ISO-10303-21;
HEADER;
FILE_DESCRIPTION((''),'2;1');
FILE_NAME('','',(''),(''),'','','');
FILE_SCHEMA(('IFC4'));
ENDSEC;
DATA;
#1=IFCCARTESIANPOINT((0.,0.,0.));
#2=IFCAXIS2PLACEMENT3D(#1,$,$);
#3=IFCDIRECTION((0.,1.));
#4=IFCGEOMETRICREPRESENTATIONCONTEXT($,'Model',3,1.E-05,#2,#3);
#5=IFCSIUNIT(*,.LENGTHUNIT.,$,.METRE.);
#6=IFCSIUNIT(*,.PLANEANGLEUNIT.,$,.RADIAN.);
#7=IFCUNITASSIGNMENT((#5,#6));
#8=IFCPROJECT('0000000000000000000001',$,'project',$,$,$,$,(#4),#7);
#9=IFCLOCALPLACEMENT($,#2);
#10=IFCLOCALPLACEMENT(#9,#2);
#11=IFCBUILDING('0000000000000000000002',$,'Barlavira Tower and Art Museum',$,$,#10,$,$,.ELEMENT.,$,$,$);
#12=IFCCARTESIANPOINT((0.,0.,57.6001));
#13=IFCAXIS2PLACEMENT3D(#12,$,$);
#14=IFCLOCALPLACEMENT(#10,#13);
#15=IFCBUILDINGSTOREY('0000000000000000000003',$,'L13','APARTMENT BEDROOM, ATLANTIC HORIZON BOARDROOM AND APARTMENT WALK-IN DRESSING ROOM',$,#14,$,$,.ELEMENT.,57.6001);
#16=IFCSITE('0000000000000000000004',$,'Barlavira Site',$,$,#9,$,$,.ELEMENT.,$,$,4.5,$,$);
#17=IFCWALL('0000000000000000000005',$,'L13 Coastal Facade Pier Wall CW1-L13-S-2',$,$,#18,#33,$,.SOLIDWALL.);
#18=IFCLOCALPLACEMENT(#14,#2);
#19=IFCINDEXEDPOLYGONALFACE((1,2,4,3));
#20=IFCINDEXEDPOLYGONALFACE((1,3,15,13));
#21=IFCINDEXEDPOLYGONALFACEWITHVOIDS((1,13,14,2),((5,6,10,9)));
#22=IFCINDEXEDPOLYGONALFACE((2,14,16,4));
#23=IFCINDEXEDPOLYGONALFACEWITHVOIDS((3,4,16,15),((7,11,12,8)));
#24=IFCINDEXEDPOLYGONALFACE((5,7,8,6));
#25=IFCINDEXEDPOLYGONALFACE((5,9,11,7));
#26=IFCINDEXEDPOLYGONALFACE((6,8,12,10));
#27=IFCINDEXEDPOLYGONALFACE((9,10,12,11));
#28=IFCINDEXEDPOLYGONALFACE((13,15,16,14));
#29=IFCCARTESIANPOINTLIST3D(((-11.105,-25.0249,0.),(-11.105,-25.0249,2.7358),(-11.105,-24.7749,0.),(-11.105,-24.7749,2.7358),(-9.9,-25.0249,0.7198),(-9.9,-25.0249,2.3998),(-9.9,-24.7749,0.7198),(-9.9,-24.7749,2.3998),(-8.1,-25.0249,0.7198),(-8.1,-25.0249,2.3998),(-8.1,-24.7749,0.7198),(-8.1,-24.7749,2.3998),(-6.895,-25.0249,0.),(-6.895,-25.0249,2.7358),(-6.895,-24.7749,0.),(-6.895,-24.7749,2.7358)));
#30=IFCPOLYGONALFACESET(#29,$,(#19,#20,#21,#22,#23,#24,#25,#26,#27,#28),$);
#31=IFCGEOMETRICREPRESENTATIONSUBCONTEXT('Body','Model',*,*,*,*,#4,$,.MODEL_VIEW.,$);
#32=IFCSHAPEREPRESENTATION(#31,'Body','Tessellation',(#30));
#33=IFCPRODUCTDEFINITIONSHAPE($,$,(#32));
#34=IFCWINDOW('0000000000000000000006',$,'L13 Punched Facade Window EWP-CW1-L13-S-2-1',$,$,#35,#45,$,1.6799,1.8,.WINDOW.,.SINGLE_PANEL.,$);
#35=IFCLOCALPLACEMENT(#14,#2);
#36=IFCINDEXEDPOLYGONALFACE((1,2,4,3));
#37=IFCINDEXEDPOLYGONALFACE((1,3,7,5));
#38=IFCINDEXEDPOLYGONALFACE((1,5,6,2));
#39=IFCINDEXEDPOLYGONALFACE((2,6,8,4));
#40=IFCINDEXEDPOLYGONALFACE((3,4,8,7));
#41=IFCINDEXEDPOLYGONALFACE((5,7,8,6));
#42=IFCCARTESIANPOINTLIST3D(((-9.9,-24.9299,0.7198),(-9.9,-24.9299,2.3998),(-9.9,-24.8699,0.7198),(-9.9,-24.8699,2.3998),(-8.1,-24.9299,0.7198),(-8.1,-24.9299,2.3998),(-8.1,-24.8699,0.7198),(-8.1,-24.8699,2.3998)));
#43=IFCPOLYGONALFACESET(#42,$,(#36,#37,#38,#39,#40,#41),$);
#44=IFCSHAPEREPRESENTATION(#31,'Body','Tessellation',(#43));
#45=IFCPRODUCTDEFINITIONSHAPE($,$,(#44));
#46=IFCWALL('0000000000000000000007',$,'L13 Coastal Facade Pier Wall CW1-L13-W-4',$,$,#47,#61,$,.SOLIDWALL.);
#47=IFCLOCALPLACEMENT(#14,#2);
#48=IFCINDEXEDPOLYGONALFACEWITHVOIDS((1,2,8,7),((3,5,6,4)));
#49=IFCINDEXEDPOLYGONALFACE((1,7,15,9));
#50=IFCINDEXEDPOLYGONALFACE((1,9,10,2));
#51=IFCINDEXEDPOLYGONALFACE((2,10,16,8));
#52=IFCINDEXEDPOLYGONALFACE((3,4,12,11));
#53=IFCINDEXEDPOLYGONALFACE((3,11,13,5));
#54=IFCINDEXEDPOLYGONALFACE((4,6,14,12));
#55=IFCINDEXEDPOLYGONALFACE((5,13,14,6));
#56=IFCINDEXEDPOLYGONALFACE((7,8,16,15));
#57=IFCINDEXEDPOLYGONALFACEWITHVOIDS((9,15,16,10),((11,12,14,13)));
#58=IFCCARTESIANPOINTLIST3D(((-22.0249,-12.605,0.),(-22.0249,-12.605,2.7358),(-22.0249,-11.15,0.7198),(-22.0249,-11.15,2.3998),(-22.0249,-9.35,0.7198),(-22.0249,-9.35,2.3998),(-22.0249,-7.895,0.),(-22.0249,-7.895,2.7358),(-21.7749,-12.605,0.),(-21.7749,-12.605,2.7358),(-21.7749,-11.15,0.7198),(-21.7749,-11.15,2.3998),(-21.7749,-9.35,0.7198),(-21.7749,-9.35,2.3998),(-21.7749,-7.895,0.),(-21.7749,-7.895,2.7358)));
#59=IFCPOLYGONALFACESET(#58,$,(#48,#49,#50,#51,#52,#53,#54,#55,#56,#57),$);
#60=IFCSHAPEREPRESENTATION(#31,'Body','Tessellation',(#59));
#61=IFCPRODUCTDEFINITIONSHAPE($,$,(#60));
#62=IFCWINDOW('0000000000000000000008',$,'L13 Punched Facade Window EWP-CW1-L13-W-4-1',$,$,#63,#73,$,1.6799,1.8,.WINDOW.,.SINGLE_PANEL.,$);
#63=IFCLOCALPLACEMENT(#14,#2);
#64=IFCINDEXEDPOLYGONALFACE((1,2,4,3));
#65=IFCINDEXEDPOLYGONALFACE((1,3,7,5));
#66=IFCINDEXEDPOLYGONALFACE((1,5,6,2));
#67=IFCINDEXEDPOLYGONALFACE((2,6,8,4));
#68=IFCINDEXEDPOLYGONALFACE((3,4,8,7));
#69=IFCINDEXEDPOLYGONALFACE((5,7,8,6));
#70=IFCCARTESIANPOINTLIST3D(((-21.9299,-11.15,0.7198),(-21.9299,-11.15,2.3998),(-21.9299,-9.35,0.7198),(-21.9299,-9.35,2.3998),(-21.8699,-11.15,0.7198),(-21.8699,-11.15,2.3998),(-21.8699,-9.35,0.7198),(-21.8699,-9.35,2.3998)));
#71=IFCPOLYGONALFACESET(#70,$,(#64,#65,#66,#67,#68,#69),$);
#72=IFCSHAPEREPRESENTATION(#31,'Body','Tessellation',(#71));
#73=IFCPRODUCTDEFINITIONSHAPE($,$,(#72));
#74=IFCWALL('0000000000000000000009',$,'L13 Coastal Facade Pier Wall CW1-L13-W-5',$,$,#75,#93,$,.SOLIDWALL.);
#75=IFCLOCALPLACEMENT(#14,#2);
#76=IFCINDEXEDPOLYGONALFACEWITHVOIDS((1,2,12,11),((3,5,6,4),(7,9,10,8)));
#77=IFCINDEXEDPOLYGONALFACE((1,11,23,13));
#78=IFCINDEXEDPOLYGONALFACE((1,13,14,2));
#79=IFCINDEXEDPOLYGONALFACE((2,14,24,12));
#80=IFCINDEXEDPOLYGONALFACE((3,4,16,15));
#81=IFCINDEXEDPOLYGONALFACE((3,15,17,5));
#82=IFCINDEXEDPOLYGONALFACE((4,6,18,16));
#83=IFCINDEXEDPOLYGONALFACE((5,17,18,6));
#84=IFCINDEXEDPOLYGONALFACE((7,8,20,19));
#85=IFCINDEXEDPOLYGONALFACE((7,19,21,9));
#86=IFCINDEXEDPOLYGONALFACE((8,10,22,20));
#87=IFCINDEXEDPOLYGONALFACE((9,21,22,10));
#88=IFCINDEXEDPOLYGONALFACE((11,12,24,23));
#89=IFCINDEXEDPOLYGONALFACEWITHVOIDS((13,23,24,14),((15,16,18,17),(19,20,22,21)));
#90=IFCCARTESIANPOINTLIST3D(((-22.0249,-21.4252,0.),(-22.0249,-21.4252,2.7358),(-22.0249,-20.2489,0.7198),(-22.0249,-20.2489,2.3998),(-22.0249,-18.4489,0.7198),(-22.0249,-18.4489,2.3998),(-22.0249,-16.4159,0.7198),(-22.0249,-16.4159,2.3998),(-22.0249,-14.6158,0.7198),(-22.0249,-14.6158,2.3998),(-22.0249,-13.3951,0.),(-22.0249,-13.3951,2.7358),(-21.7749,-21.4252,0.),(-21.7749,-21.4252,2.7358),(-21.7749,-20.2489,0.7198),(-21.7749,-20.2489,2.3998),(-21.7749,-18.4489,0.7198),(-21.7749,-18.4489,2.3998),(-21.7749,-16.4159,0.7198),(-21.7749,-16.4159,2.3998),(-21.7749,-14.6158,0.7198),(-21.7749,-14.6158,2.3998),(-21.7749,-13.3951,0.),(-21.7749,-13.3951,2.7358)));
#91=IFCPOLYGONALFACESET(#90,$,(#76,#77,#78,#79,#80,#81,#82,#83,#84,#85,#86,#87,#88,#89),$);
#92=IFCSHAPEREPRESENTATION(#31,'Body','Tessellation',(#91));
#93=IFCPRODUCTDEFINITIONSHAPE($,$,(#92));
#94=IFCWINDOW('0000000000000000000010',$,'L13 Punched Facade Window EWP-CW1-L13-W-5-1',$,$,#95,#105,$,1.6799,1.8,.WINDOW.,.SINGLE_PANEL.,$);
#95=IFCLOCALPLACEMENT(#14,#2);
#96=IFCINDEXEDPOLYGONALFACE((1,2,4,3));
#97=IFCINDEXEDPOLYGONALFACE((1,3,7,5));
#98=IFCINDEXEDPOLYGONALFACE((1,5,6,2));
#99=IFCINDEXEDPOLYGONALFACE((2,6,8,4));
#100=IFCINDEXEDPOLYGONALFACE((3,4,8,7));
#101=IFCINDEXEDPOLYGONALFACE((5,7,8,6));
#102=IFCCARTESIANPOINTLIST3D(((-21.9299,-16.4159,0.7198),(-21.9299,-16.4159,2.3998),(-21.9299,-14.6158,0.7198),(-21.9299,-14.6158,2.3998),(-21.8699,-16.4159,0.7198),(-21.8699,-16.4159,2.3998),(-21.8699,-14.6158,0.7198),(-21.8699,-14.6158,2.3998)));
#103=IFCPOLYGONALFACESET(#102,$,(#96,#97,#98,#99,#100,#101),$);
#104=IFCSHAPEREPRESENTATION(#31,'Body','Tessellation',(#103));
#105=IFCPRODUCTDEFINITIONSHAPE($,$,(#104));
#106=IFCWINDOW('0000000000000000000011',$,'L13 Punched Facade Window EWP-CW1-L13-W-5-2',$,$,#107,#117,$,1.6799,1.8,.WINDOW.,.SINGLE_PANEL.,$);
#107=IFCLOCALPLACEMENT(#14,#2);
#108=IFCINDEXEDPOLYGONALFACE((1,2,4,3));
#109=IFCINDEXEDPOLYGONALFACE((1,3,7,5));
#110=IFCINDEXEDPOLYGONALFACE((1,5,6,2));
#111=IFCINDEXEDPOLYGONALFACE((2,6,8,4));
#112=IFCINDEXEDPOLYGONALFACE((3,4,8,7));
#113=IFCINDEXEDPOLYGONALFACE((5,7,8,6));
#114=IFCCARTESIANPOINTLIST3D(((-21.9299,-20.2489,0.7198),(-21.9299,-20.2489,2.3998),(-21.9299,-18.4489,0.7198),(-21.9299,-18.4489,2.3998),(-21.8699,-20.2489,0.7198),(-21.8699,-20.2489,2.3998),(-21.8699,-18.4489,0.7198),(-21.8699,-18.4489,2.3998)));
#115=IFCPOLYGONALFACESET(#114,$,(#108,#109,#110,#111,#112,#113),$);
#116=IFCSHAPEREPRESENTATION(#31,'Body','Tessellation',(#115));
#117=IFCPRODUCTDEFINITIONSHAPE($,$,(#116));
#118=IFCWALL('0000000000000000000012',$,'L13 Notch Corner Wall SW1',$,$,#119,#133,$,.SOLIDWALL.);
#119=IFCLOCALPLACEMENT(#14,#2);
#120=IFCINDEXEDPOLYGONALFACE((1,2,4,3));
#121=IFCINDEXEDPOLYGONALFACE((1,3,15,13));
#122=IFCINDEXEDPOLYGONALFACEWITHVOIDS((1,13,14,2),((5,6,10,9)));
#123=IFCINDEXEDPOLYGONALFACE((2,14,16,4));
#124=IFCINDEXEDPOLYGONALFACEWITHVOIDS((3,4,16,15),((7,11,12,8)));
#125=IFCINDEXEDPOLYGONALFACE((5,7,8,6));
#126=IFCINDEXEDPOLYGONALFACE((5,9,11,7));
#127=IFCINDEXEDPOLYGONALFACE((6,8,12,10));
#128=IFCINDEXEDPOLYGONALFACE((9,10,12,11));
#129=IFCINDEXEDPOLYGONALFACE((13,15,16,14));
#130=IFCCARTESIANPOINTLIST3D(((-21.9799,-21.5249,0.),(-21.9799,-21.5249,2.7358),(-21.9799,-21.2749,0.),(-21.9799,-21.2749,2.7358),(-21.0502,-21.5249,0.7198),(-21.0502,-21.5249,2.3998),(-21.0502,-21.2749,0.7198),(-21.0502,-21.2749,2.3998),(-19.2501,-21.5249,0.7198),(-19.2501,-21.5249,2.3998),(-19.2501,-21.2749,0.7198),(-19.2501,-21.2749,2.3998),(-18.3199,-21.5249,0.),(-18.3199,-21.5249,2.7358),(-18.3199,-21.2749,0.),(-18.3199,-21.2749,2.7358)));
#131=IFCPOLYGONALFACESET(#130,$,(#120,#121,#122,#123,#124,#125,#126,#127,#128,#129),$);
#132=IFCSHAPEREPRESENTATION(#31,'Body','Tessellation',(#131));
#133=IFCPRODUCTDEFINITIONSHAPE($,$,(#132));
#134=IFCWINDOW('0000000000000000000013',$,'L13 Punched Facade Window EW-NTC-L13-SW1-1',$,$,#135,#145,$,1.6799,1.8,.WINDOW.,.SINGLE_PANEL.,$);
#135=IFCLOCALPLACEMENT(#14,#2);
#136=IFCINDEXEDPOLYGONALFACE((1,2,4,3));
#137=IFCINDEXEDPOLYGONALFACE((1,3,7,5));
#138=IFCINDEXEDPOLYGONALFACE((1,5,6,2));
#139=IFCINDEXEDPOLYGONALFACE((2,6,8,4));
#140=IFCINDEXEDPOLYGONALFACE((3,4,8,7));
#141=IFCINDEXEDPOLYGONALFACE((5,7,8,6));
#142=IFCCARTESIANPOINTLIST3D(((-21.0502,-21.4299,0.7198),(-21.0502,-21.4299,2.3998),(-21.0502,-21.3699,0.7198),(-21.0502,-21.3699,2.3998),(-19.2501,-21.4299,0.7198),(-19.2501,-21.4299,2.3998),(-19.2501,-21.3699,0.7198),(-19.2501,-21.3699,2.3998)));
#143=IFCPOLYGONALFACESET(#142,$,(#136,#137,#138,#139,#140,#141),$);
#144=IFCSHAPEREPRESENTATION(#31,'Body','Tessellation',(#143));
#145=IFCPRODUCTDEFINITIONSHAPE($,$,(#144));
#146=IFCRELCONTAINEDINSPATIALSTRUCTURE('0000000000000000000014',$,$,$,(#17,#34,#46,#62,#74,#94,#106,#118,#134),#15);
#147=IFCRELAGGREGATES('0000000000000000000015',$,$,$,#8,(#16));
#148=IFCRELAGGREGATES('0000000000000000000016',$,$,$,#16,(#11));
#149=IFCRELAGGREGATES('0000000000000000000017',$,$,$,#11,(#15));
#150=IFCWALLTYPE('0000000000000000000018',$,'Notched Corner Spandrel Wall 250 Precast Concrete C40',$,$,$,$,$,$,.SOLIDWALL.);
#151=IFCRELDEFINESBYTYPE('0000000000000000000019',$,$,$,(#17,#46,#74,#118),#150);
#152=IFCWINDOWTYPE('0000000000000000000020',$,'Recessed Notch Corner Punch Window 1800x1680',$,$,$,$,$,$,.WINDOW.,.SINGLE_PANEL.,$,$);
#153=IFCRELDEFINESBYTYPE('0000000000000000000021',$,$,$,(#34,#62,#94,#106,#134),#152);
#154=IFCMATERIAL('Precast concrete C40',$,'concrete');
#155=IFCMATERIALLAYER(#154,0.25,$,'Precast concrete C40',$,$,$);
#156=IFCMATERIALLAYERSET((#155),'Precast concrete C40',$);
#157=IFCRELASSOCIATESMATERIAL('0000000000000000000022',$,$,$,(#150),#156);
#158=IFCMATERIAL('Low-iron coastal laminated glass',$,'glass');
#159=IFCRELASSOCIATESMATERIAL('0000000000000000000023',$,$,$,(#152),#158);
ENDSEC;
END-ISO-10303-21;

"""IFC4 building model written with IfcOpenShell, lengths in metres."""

from ifc_helpers import new_model, si_unit, direction, frame, frame_2d, origin, place, context, subcontext, project, spatial, rectangle, extrude, material, layer, layer_set, type_object, element, fill, save


model = new_model("IFC4")

# Units and contexts
model_context = context("Model", 3, precision=1e-05, world=origin(), true_north=direction((0.0, 1.0)))
body_context = subcontext(model_context, "Body", "Model", "MODEL_VIEW")
ifc_project = project(units=[si_unit("LENGTHUNIT", "METRE"), si_unit("PLANEANGLEUNIT", "RADIAN")], contexts=[model_context])

# Site, building, storey
site_placement = place(None, origin())
site = spatial("IfcSite", under=ifc_project, at=site_placement, Name="Barlavira Site", CompositionType="ELEMENT", RefElevation=4.5)
building_placement = place(site_placement, origin())
building = spatial("IfcBuilding", under=site, at=building_placement, Name="Barlavira Tower and Art Museum", CompositionType="ELEMENT")
storey_placement = place(building_placement, frame((0.0, 0.0, 57.6001)))
storey = spatial("IfcBuildingStorey", under=building, at=storey_placement, Name="L13", Description="APARTMENT BEDROOM, ATLANTIC HORIZON BOARDROOM AND APARTMENT WALK-IN DRESSING ROOM", CompositionType="ELEMENT", Elevation=57.6001)

# Shared definitions
ifc_material_1 = material(Name="Precast concrete C40", Category="concrete")
ifc_layer_1 = layer(ifc_material_1, 0.25, Name="Precast concrete C40")
ifc_layer_set_1 = layer_set([ifc_layer_1], Name="Precast concrete C40")
wall_type_1 = type_object("IfcWallType", Name="Notched Corner Spandrel Wall 250 Precast Concrete C40", PredefinedType="SOLIDWALL", material=ifc_layer_set_1)
ifc_material_2 = material(Name="Low-iron coastal laminated glass", Category="glass")
window_type = type_object("IfcWindowType", Name="Recessed Notch Corner Punch Window 1800x1680", PartitioningType="SINGLE_PANEL", PredefinedType="WINDOW", material=ifc_material_2)

# Walls, openings, windows
wall_1_placement = place(storey_placement, frame((-11.105, -24.8999, 0.0), z_axis=(0.0, 0.0, 1.0), x_axis=(1.0, 0.0, 0.0)))
wall_1 = element("IfcWall", 1, at=wall_1_placement, inside=storey, type_object=wall_type_1, Name="L13 Coastal Facade Pier Wall CW1-L13-S-2", PredefinedType="SOLIDWALL", context=body_context, shape_type="SweptSolid", body=[
    extrude(rectangle(XDim=4.21, YDim=0.25, at=frame_2d((2.105, 0.0))), origin(), (0.0, 0.0, 1.0), 2.7358),
])
opening_1_placement = place(wall_1_placement, frame((1.2051, 0.0, 0.72)))
opening_1 = element("IfcOpeningElement", 2, at=opening_1_placement, cuts=wall_1, PredefinedType="OPENING", context=body_context, shape_type="SweptSolid", body=[
    extrude(rectangle(XDim=1.8, YDim=1.6799, at=frame_2d((0.8999, 0.8398))), frame((0.0, 0.135, 0.0), z_axis=(0.0, -1.0, 0.0), x_axis=(1.0, 0.0, 0.0)), (0.0, 0.0, 1.0), 0.27),
])
window_1_placement = place(opening_1_placement, origin())
window_1 = element("IfcWindow", 3, at=window_1_placement, inside=storey, type_object=window_type, Name="L13 Punched Facade Window EWP-CW1-L13-S-2-1", OverallHeight=1.6799, OverallWidth=1.8, PartitioningType="SINGLE_PANEL", PredefinedType="WINDOW", context=body_context, shape_type="SweptSolid", body=[
    extrude(rectangle(XDim=1.8, YDim=1.6799, at=frame_2d((0.8999, 0.8398))), frame((0.0, 0.03, 0.0), z_axis=(0.0, -1.0, 0.0), x_axis=(1.0, 0.0, 0.0)), (0.0, 0.0, 1.0), 0.0601),
])
fill(opening_1, window_1)
wall_2_placement = place(storey_placement, frame((-21.8999, -7.895, 0.0), z_axis=(0.0, 0.0, 1.0), x_axis=(0.0, -1.0, 0.0)))
wall_2 = element("IfcWall", 4, at=wall_2_placement, inside=storey, type_object=wall_type_1, Name="L13 Coastal Facade Pier Wall CW1-L13-W-4", PredefinedType="SOLIDWALL", context=body_context, shape_type="SweptSolid", body=[
    extrude(rectangle(XDim=4.71, YDim=0.25, at=frame_2d((2.355, 0.0))), origin(), (0.0, 0.0, 1.0), 2.7358),
])
opening_2_placement = place(wall_2_placement, frame((1.4551, 0.0, 0.72)))
opening_2 = element("IfcOpeningElement", 5, at=opening_2_placement, cuts=wall_2, PredefinedType="OPENING", context=body_context, shape_type="SweptSolid", body=[
    extrude(rectangle(XDim=1.8, YDim=1.6799, at=frame_2d((0.8999, 0.8398))), frame((0.0, 0.135, 0.0), z_axis=(0.0, -1.0, 0.0), x_axis=(1.0, 0.0, 0.0)), (0.0, 0.0, 1.0), 0.27),
])
window_2_placement = place(opening_2_placement, origin())
window_2 = element("IfcWindow", 6, at=window_2_placement, inside=storey, type_object=window_type, Name="L13 Punched Facade Window EWP-CW1-L13-W-4-1", OverallHeight=1.6799, OverallWidth=1.8, PartitioningType="SINGLE_PANEL", PredefinedType="WINDOW", context=body_context, shape_type="SweptSolid", body=[
    extrude(rectangle(XDim=1.8, YDim=1.6799, at=frame_2d((0.8999, 0.8398))), frame((0.0, 0.03, 0.0), z_axis=(0.0, -1.0, 0.0), x_axis=(1.0, 0.0, 0.0)), (0.0, 0.0, 1.0), 0.0601),
])
fill(opening_2, window_2)

# Wall, openings, windows
wall_3_placement = place(storey_placement, frame((-21.8999, -13.395, 0.0), z_axis=(0.0, 0.0, 1.0), x_axis=(0.0, -1.0, 0.0)))
wall_3 = element("IfcWall", 7, at=wall_3_placement, inside=storey, type_object=wall_type_1, Name="L13 Coastal Facade Pier Wall CW1-L13-W-5", PredefinedType="SOLIDWALL", context=body_context, shape_type="SweptSolid", body=[
    extrude(rectangle(XDim=8.03, YDim=0.25, at=frame_2d((4.0151, 0.0))), origin(), (0.0, 0.0, 1.0), 2.7358),
])
opening_3_placement = place(wall_3_placement, frame((1.2209, 0.0, 0.72)))
opening_3 = element("IfcOpeningElement", 8, at=opening_3_placement, cuts=wall_3, PredefinedType="OPENING", context=body_context, shape_type="SweptSolid", body=[
    extrude(rectangle(XDim=1.8, YDim=1.6799, at=frame_2d((0.8999, 0.8398))), frame((0.0, 0.135, 0.0), z_axis=(0.0, -1.0, 0.0), x_axis=(1.0, 0.0, 0.0)), (0.0, 0.0, 1.0), 0.27),
])
opening_4_placement = place(wall_3_placement, frame((5.054, 0.0, 0.72)))
opening_4 = element("IfcOpeningElement", 9, at=opening_4_placement, cuts=wall_3, PredefinedType="OPENING", context=body_context, shape_type="SweptSolid", body=[
    extrude(rectangle(XDim=1.8, YDim=1.6799, at=frame_2d((0.8999, 0.8398))), frame((0.0, 0.135, 0.0), z_axis=(0.0, -1.0, 0.0), x_axis=(1.0, 0.0, 0.0)), (0.0, 0.0, 1.0), 0.27),
])
window_3_placement = place(opening_3_placement, origin())
window_3 = element("IfcWindow", 10, at=window_3_placement, inside=storey, type_object=window_type, Name="L13 Punched Facade Window EWP-CW1-L13-W-5-1", OverallHeight=1.6799, OverallWidth=1.8, PartitioningType="SINGLE_PANEL", PredefinedType="WINDOW", context=body_context, shape_type="SweptSolid", body=[
    extrude(rectangle(XDim=1.8, YDim=1.6799, at=frame_2d((0.8999, 0.8398))), frame((0.0, 0.03, 0.0), z_axis=(0.0, -1.0, 0.0), x_axis=(1.0, 0.0, 0.0)), (0.0, 0.0, 1.0), 0.0601),
])
fill(opening_3, window_3)
window_4_placement = place(opening_4_placement, origin())
window_4 = element("IfcWindow", 11, at=window_4_placement, inside=storey, type_object=window_type, Name="L13 Punched Facade Window EWP-CW1-L13-W-5-2", OverallHeight=1.6799, OverallWidth=1.8, PartitioningType="SINGLE_PANEL", PredefinedType="WINDOW", context=body_context, shape_type="SweptSolid", body=[
    extrude(rectangle(XDim=1.8, YDim=1.6799, at=frame_2d((0.8999, 0.8398))), frame((0.0, 0.03, 0.0), z_axis=(0.0, -1.0, 0.0), x_axis=(1.0, 0.0, 0.0)), (0.0, 0.0, 1.0), 0.0601),
])
fill(opening_4, window_4)

# Wall, opening, window
wall_4_placement = place(storey_placement, frame((-21.98, -21.3999, 0.0), z_axis=(0.0, 0.0, 1.0), x_axis=(1.0, 0.0, 0.0)))
wall_4 = element("IfcWall", 12, at=wall_4_placement, inside=storey, type_object=wall_type_1, Name="L13 Notch Corner Wall SW1", PredefinedType="SOLIDWALL", context=body_context, shape_type="SweptSolid", body=[
    extrude(rectangle(XDim=3.6599, YDim=0.25, at=frame_2d((1.8301, 0.0))), origin(), (0.0, 0.0, 1.0), 2.7358),
])
opening_5_placement = place(wall_4_placement, frame((0.9299, 0.0, 0.72)))
opening_5 = element("IfcOpeningElement", 13, at=opening_5_placement, cuts=wall_4, PredefinedType="OPENING", context=body_context, shape_type="SweptSolid", body=[
    extrude(rectangle(XDim=1.8, YDim=1.6799, at=frame_2d((0.8999, 0.8398))), frame((0.0, 0.135, 0.0), z_axis=(0.0, -1.0, 0.0), x_axis=(1.0, 0.0, 0.0)), (0.0, 0.0, 1.0), 0.27),
])
window_5_placement = place(opening_5_placement, origin())
window_5 = element("IfcWindow", 14, at=window_5_placement, inside=storey, type_object=window_type, Name="L13 Punched Facade Window EW-NTC-L13-SW1-1", OverallHeight=1.6799, OverallWidth=1.8, PartitioningType="SINGLE_PANEL", PredefinedType="WINDOW", context=body_context, shape_type="SweptSolid", body=[
    extrude(rectangle(XDim=1.8, YDim=1.6799, at=frame_2d((0.8999, 0.8398))), frame((0.0, 0.03, 0.0), z_axis=(0.0, -1.0, 0.0), x_axis=(1.0, 0.0, 0.0)), (0.0, 0.0, 1.0), 0.0601),
])
fill(opening_5, window_5)

save(model, "model.ifc")
